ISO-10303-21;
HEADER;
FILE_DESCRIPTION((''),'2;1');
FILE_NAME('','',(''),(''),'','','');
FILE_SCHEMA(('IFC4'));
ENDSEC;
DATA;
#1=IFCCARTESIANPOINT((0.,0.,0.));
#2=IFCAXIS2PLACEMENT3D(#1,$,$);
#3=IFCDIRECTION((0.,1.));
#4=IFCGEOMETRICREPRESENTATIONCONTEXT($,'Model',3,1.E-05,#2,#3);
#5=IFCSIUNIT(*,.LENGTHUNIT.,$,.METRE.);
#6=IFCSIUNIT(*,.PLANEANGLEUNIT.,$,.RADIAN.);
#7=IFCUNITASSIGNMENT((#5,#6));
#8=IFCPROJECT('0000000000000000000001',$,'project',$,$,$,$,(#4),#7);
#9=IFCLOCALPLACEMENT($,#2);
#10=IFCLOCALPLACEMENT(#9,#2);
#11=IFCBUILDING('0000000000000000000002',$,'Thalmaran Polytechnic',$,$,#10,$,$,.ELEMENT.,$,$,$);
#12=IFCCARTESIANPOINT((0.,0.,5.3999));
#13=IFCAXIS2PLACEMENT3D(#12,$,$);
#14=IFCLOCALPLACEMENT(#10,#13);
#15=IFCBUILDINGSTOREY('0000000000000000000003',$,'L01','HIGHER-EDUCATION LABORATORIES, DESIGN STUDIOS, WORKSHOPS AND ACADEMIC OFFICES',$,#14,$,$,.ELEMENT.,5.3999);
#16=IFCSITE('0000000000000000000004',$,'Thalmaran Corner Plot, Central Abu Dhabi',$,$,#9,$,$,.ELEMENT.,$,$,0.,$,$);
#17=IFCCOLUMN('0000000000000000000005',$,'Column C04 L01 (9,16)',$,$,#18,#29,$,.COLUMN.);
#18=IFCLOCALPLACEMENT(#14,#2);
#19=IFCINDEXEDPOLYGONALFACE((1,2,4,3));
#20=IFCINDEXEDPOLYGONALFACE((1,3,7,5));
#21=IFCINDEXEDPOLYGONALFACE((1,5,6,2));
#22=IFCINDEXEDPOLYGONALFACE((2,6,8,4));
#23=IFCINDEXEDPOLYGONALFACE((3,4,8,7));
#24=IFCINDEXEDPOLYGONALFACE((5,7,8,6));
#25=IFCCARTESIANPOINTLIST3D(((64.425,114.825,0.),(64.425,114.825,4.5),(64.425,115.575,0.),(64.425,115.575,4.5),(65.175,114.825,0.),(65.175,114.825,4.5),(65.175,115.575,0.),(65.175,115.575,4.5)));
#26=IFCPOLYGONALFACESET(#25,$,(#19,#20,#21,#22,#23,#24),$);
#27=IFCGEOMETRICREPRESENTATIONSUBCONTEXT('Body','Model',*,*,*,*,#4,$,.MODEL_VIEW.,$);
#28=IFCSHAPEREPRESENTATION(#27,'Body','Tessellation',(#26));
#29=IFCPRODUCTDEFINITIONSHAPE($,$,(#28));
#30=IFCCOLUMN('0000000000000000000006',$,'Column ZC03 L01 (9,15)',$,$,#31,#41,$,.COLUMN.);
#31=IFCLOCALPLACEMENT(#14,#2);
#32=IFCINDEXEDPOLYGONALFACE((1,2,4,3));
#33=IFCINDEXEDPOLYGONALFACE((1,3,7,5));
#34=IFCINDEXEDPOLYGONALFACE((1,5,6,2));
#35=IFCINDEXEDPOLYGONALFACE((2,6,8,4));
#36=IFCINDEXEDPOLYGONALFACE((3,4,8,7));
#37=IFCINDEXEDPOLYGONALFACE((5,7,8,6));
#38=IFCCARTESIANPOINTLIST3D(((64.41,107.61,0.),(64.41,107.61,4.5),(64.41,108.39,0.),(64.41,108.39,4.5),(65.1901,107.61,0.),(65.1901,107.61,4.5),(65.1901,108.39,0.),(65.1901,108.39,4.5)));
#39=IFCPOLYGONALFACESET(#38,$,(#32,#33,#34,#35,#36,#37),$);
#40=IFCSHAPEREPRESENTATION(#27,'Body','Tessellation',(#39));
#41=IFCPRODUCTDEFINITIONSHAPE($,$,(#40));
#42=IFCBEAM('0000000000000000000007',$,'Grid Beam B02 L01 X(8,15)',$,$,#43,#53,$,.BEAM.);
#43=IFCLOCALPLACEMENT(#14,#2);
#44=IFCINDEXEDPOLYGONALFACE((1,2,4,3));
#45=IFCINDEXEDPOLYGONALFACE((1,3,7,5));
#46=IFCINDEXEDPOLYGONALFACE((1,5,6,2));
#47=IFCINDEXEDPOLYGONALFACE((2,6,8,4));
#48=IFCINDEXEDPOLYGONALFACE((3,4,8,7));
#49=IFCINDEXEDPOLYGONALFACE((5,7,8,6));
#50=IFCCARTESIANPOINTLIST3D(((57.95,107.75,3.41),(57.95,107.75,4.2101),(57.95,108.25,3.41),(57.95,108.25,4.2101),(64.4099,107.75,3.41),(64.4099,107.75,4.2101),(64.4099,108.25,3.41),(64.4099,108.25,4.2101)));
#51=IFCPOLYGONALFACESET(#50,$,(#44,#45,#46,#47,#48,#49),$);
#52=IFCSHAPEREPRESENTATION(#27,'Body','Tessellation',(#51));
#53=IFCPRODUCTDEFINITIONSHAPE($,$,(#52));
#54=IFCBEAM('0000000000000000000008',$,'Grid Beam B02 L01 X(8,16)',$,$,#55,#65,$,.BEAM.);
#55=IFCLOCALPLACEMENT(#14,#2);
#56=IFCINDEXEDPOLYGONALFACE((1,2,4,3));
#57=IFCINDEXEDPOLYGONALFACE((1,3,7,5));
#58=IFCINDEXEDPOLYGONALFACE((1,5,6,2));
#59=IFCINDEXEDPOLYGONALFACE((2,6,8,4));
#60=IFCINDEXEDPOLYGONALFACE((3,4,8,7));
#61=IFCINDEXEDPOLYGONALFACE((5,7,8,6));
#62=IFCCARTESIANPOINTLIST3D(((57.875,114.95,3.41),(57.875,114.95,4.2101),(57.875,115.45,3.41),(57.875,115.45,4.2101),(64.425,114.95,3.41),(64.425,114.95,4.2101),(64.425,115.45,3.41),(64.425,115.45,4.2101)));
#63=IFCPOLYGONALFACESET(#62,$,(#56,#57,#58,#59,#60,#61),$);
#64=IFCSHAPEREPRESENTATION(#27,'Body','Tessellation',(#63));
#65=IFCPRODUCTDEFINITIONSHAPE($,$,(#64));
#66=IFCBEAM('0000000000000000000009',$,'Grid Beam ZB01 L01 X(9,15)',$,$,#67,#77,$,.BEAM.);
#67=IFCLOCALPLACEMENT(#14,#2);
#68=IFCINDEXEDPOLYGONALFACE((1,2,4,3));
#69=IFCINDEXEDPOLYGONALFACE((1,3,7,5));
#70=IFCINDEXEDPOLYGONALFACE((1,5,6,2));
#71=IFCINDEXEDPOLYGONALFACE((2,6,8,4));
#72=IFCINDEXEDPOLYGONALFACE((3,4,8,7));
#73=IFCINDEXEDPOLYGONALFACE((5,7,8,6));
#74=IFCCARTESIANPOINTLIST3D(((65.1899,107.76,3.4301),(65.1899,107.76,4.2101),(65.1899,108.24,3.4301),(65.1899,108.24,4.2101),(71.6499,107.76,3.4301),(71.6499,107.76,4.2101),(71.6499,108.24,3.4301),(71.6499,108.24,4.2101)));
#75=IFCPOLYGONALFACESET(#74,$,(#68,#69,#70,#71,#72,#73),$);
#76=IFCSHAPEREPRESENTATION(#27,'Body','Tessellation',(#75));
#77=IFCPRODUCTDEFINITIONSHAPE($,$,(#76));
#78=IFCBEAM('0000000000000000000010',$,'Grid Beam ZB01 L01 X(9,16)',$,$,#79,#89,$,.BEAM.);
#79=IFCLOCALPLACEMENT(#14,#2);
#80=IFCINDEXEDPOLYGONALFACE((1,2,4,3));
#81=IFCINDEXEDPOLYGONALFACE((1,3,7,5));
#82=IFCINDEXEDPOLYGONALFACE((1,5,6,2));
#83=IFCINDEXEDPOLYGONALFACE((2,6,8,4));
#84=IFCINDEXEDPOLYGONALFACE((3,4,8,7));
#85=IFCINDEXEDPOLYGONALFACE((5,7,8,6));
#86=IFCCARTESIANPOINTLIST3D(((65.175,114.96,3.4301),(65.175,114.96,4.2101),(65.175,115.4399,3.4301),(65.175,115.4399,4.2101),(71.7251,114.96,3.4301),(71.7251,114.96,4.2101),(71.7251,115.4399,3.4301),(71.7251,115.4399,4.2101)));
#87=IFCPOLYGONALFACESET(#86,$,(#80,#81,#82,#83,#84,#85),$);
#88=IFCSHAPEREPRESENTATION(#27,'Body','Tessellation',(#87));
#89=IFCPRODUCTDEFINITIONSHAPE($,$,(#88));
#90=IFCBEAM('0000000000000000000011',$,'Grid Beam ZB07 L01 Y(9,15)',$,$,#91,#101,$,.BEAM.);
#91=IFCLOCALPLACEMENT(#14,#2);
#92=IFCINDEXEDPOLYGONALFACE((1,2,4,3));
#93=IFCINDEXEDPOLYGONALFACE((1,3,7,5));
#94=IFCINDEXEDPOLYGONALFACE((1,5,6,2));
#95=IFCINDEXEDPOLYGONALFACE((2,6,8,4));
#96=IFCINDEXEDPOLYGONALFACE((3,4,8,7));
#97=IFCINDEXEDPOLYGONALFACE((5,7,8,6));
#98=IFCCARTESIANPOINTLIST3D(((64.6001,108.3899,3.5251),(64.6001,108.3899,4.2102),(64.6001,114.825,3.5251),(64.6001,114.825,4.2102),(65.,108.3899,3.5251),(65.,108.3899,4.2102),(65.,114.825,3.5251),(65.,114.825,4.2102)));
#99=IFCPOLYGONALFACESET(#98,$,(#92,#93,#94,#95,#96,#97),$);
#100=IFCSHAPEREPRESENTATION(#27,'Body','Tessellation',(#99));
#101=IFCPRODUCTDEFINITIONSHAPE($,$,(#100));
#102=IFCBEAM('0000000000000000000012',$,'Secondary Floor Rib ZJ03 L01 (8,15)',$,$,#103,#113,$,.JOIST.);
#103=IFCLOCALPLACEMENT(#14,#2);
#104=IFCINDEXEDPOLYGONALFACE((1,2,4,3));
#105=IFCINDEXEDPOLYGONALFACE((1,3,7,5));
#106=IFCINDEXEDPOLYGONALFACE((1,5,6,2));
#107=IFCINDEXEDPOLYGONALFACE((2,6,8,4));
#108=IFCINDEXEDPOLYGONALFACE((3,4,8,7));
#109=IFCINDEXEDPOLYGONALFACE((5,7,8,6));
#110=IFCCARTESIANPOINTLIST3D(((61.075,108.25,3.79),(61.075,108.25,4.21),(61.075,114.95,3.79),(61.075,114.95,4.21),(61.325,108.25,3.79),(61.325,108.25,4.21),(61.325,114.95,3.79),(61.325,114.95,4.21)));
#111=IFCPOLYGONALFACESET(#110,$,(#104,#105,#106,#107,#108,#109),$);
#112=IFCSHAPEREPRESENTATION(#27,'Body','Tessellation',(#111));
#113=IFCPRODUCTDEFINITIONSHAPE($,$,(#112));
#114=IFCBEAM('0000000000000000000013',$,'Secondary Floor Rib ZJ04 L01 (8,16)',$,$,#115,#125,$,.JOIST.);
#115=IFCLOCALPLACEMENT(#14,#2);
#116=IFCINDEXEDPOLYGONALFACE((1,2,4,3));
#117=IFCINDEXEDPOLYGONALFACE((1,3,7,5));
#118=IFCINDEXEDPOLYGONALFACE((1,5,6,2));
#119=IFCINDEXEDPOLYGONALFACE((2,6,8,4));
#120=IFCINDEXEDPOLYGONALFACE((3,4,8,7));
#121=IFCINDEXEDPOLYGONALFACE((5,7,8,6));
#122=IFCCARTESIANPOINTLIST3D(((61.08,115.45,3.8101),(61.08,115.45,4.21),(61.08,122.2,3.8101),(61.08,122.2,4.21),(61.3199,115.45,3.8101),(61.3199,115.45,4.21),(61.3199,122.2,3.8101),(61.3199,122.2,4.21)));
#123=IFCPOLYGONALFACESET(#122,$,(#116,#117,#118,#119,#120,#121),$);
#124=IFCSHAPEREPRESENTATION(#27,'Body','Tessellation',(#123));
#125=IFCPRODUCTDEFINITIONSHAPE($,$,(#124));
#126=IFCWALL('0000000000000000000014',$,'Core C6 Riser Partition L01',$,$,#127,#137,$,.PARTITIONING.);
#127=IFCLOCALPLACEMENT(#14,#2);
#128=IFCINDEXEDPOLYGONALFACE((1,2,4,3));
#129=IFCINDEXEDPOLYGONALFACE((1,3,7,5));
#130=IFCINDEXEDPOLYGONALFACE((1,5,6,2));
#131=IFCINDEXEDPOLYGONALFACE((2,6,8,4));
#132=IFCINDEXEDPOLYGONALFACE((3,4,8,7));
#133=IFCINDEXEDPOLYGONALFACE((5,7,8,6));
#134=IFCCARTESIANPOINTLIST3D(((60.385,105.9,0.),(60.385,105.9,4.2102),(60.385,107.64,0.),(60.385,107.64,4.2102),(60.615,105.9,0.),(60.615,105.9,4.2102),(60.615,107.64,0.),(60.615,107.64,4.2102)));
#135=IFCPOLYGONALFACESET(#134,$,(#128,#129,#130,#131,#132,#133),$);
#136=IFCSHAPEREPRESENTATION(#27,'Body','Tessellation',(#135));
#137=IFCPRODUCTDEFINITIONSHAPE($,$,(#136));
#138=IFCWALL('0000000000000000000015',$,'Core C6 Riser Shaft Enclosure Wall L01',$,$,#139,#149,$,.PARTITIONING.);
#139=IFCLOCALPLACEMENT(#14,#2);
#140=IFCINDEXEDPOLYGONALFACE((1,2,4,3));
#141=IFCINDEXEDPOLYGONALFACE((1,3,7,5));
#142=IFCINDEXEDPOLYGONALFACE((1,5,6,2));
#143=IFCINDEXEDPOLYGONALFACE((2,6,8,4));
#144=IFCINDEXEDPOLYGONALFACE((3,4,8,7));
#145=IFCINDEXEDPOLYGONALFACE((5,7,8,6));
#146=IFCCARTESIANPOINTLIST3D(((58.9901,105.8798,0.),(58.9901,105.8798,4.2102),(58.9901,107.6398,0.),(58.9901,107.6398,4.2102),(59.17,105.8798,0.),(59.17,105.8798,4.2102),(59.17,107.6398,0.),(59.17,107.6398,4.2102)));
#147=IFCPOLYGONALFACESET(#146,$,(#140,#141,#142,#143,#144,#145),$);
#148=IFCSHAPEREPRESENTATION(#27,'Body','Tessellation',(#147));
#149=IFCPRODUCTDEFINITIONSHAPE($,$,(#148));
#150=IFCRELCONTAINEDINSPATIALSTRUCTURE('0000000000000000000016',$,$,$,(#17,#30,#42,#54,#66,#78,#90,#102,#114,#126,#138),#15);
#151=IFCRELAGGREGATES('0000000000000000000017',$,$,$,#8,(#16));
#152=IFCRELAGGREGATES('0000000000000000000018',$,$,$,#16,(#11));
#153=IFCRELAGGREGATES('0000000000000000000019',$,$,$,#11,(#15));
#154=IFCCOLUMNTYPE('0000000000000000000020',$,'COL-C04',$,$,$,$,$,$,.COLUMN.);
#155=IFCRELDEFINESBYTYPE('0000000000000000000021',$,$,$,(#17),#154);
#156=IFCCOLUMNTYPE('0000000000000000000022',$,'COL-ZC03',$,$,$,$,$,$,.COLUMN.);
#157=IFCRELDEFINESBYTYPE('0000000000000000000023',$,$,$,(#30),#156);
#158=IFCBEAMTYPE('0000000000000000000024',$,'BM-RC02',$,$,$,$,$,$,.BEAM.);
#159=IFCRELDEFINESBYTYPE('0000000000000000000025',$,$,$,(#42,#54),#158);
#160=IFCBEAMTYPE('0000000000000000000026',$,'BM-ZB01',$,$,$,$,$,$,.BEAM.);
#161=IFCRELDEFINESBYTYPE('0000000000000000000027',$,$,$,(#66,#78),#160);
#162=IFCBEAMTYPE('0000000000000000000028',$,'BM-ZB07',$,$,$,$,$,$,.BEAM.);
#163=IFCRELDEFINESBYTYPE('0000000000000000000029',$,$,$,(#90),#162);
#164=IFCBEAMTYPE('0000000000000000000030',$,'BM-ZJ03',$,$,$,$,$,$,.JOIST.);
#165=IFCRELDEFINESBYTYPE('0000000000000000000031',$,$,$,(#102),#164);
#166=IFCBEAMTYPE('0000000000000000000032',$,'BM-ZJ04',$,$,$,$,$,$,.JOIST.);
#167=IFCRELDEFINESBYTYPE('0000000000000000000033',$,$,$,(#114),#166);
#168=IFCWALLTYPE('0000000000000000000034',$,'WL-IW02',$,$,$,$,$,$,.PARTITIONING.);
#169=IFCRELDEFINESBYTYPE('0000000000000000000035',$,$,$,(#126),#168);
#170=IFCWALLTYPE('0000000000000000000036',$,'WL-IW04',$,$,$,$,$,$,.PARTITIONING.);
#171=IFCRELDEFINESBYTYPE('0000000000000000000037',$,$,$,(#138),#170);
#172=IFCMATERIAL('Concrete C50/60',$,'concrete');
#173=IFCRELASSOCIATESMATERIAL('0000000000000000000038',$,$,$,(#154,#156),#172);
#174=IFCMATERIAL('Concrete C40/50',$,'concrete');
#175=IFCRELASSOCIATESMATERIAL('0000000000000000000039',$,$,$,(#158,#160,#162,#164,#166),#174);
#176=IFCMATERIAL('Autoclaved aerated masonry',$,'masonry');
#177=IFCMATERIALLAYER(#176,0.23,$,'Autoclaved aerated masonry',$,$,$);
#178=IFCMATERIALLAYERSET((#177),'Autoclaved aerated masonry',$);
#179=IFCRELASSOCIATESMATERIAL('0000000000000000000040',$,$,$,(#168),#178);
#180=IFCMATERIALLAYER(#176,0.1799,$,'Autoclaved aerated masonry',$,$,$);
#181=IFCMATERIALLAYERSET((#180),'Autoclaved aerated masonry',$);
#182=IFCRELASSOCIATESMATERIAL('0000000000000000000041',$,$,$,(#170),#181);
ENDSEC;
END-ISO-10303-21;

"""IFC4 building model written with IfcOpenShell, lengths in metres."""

from ifc_helpers import new_model, si_unit, direction, frame, frame_2d, origin, origin_2d, place, context, subcontext, project, spatial, rectangle, extrude, material, layer, layer_set, material_profile, profile_set, type_object, element, save


model = new_model("IFC4")

# Units and contexts
model_context = context("Model", 3, precision=1e-05, world=origin(), true_north=direction((0.0, 1.0)))
body_context = subcontext(model_context, "Body", "Model", "MODEL_VIEW")
ifc_project = project(units=[si_unit("LENGTHUNIT", "METRE"), si_unit("PLANEANGLEUNIT", "RADIAN")], contexts=[model_context])

# Site, building, storey
site_placement = place(None, origin())
site = spatial("IfcSite", under=ifc_project, at=site_placement, Name="Thalmaran Corner Plot, Central Abu Dhabi", CompositionType="ELEMENT", RefElevation=0.0)
building_placement = place(site_placement, origin())
building = spatial("IfcBuilding", under=site, at=building_placement, Name="Thalmaran Polytechnic", CompositionType="ELEMENT")
storey_placement = place(building_placement, frame((0.0, 0.0, 5.3999)))
storey = spatial("IfcBuildingStorey", under=building, at=storey_placement, Name="L01", Description="HIGHER-EDUCATION LABORATORIES, DESIGN STUDIOS, WORKSHOPS AND ACADEMIC OFFICES", CompositionType="ELEMENT", Elevation=5.3999)

# Columns
ifc_material_1 = material(Name="Concrete C50/60", Category="concrete")
ifc_material_profile_1 = material_profile(ifc_material_1, rectangle(XDim=0.75, YDim=0.75, at=origin_2d()), Name="RC 750x750")
ifc_profile_set_1 = profile_set([ifc_material_profile_1], Name="Concrete C50/60")
column_type_1 = type_object("IfcColumnType", Name="COL-C04", PredefinedType="COLUMN", material=ifc_profile_set_1)
column_1_placement = place(storey_placement, frame((64.8, 115.2, 0.0), z_axis=(0.0, 0.0, 1.0), x_axis=(1.0, 0.0, 0.0)))
element("IfcColumn", 1, at=column_1_placement, inside=storey, type_object=column_type_1, Name="Column C04 L01 (9,16)", PredefinedType="COLUMN", context=body_context, shape_type="SweptSolid", body=[
    extrude(rectangle(XDim=0.75, YDim=0.75, at=origin_2d()), origin(), (0.0, 0.0, 1.0), 4.5),
])
ifc_material_profile_2 = material_profile(ifc_material_1, rectangle(XDim=0.78, YDim=0.78, at=origin_2d()), Name="RC 780x780")
ifc_profile_set_2 = profile_set([ifc_material_profile_2], Name="Concrete C50/60")
column_type_2 = type_object("IfcColumnType", Name="COL-ZC03", PredefinedType="COLUMN", material=ifc_profile_set_2)
column_2_placement = place(storey_placement, frame((64.8, 108.0, 0.0), z_axis=(0.0, 0.0, 1.0), x_axis=(1.0, 0.0, 0.0)))
element("IfcColumn", 2, at=column_2_placement, inside=storey, type_object=column_type_2, Name="Column ZC03 L01 (9,15)", PredefinedType="COLUMN", context=body_context, shape_type="SweptSolid", body=[
    extrude(rectangle(XDim=0.78, YDim=0.78, at=origin_2d()), origin(), (0.0, 0.0, 1.0), 4.5),
])

# Beams
ifc_material_2 = material(Name="Concrete C40/50", Category="concrete")
ifc_material_profile_3 = material_profile(ifc_material_2, rectangle(XDim=0.5, YDim=0.8, at=origin_2d()), Name="RC 500x800")
ifc_profile_set_3 = profile_set([ifc_material_profile_3], Name="Concrete C40/50")
beam_type_1 = type_object("IfcBeamType", Name="BM-RC02", PredefinedType="BEAM", material=ifc_profile_set_3)
beam_1_placement = place(storey_placement, frame((57.95, 108.0, 3.8101), z_axis=(1.0, 0.0, 0.0), x_axis=(0.0, 1.0, 0.0)))
element("IfcBeam", 3, at=beam_1_placement, inside=storey, type_object=beam_type_1, Name="Grid Beam B02 L01 X(8,15)", PredefinedType="BEAM", context=body_context, shape_type="SweptSolid", body=[
    extrude(rectangle(XDim=0.5, YDim=0.8, at=origin_2d()), origin(), (0.0, 0.0, 1.0), 6.46),
])
beam_2_placement = place(storey_placement, frame((57.875, 115.2, 3.8101), z_axis=(1.0, 0.0, 0.0), x_axis=(0.0, 1.0, 0.0)))
element("IfcBeam", 4, at=beam_2_placement, inside=storey, type_object=beam_type_1, Name="Grid Beam B02 L01 X(8,16)", PredefinedType="BEAM", context=body_context, shape_type="SweptSolid", body=[
    extrude(rectangle(XDim=0.5, YDim=0.8, at=origin_2d()), origin(), (0.0, 0.0, 1.0), 6.55),
])
ifc_material_profile_4 = material_profile(ifc_material_2, rectangle(XDim=0.48, YDim=0.78, at=origin_2d()), Name="RC 480x780")
ifc_profile_set_4 = profile_set([ifc_material_profile_4], Name="Concrete C40/50")
beam_type_2 = type_object("IfcBeamType", Name="BM-ZB01", PredefinedType="BEAM", material=ifc_profile_set_4)
beam_3_placement = place(storey_placement, frame((65.1899, 108.0, 3.8201), z_axis=(1.0, 0.0, 0.0), x_axis=(0.0, 1.0, 0.0)))
element("IfcBeam", 5, at=beam_3_placement, inside=storey, type_object=beam_type_2, Name="Grid Beam ZB01 L01 X(9,15)", PredefinedType="BEAM", context=body_context, shape_type="SweptSolid", body=[
    extrude(rectangle(XDim=0.48, YDim=0.78, at=origin_2d()), origin(), (0.0, 0.0, 1.0), 6.46),
])
beam_4_placement = place(storey_placement, frame((65.175, 115.2, 3.8201), z_axis=(1.0, 0.0, 0.0), x_axis=(0.0, 1.0, 0.0)))
element("IfcBeam", 6, at=beam_4_placement, inside=storey, type_object=beam_type_2, Name="Grid Beam ZB01 L01 X(9,16)", PredefinedType="BEAM", context=body_context, shape_type="SweptSolid", body=[
    extrude(rectangle(XDim=0.48, YDim=0.78, at=origin_2d()), origin(), (0.0, 0.0, 1.0), 6.55),
])
ifc_material_profile_5 = material_profile(ifc_material_2, rectangle(XDim=0.3999, YDim=0.6851, at=origin_2d()), Name="RC 400x685")
ifc_profile_set_5 = profile_set([ifc_material_profile_5], Name="Concrete C40/50")
beam_type_3 = type_object("IfcBeamType", Name="BM-ZB07", PredefinedType="BEAM", material=ifc_profile_set_5)
beam_5_placement = place(storey_placement, frame((64.8, 108.3899, 3.8677), z_axis=(0.0, 1.0, 0.0), x_axis=(-1.0, 0.0, 0.0)))
element("IfcBeam", 7, at=beam_5_placement, inside=storey, type_object=beam_type_3, Name="Grid Beam ZB07 L01 Y(9,15)", PredefinedType="BEAM", context=body_context, shape_type="SweptSolid", body=[
    extrude(rectangle(XDim=0.3999, YDim=0.6851, at=origin_2d()), origin(), (0.0, 0.0, 1.0), 6.4351),
])
ifc_material_profile_6 = material_profile(ifc_material_2, rectangle(XDim=0.25, YDim=0.4199, at=origin_2d()), Name="RC 250x420")
ifc_profile_set_6 = profile_set([ifc_material_profile_6], Name="Concrete C40/50")
beam_type_4 = type_object("IfcBeamType", Name="BM-ZJ03", PredefinedType="JOIST", material=ifc_profile_set_6)
beam_6_placement = place(storey_placement, frame((61.2, 108.25, 4.0), z_axis=(0.0, 1.0, 0.0), x_axis=(-1.0, 0.0, 0.0)))
element("IfcBeam", 8, at=beam_6_placement, inside=storey, type_object=beam_type_4, Name="Secondary Floor Rib ZJ03 L01 (8,15)", PredefinedType="JOIST", context=body_context, shape_type="SweptSolid", body=[
    extrude(rectangle(XDim=0.25, YDim=0.4199, at=origin_2d()), origin(), (0.0, 0.0, 1.0), 6.7),
])
ifc_material_profile_7 = material_profile(ifc_material_2, rectangle(XDim=0.24, YDim=0.3999, at=origin_2d()), Name="RC 240x400")
ifc_profile_set_7 = profile_set([ifc_material_profile_7], Name="Concrete C40/50")
beam_type_5 = type_object("IfcBeamType", Name="BM-ZJ04", PredefinedType="JOIST", material=ifc_profile_set_7)
beam_7_placement = place(storey_placement, frame((61.2, 115.45, 4.01), z_axis=(0.0, 1.0, 0.0), x_axis=(-1.0, 0.0, 0.0)))
element("IfcBeam", 9, at=beam_7_placement, inside=storey, type_object=beam_type_5, Name="Secondary Floor Rib ZJ04 L01 (8,16)", PredefinedType="JOIST", context=body_context, shape_type="SweptSolid", body=[
    extrude(rectangle(XDim=0.24, YDim=0.3999, at=origin_2d()), origin(), (0.0, 0.0, 1.0), 6.75),
])

# Walls
ifc_material_3 = material(Name="Autoclaved aerated masonry", Category="masonry")
ifc_layer_1 = layer(ifc_material_3, 0.23, Name="Autoclaved aerated masonry")
ifc_layer_set_1 = layer_set([ifc_layer_1], Name="Autoclaved aerated masonry")
wall_type_1 = type_object("IfcWallType", Name="WL-IW02", PredefinedType="PARTITIONING", material=ifc_layer_set_1)
wall_1_placement = place(storey_placement, frame((60.5, 105.8999, 0.0), z_axis=(0.0, 0.0, 1.0), x_axis=(0.0, 1.0, 0.0)))
element("IfcWall", 10, at=wall_1_placement, inside=storey, type_object=wall_type_1, Name="Core C6 Riser Partition L01", PredefinedType="PARTITIONING", context=body_context, shape_type="SweptSolid", body=[
    extrude(rectangle(XDim=1.74, YDim=0.23, at=frame_2d((0.8701, 0.0))), origin(), (0.0, 0.0, 1.0), 4.2102),
])
ifc_layer_2 = layer(ifc_material_3, 0.1799, Name="Autoclaved aerated masonry")
ifc_layer_set_2 = layer_set([ifc_layer_2], Name="Autoclaved aerated masonry")
wall_type_2 = type_object("IfcWallType", Name="WL-IW04", PredefinedType="PARTITIONING", material=ifc_layer_set_2)
wall_2_placement = place(storey_placement, frame((59.0801, 105.8799, 0.0), z_axis=(0.0, 0.0, 1.0), x_axis=(0.0, 1.0, 0.0)))
element("IfcWall", 11, at=wall_2_placement, inside=storey, type_object=wall_type_2, Name="Core C6 Riser Shaft Enclosure Wall L01", PredefinedType="PARTITIONING", context=body_context, shape_type="SweptSolid", body=[
    extrude(rectangle(XDim=1.76, YDim=0.1799, at=frame_2d((0.8799, 0.0))), origin(), (0.0, 0.0, 1.0), 4.2102),
])

save(model, "model.ifc")
